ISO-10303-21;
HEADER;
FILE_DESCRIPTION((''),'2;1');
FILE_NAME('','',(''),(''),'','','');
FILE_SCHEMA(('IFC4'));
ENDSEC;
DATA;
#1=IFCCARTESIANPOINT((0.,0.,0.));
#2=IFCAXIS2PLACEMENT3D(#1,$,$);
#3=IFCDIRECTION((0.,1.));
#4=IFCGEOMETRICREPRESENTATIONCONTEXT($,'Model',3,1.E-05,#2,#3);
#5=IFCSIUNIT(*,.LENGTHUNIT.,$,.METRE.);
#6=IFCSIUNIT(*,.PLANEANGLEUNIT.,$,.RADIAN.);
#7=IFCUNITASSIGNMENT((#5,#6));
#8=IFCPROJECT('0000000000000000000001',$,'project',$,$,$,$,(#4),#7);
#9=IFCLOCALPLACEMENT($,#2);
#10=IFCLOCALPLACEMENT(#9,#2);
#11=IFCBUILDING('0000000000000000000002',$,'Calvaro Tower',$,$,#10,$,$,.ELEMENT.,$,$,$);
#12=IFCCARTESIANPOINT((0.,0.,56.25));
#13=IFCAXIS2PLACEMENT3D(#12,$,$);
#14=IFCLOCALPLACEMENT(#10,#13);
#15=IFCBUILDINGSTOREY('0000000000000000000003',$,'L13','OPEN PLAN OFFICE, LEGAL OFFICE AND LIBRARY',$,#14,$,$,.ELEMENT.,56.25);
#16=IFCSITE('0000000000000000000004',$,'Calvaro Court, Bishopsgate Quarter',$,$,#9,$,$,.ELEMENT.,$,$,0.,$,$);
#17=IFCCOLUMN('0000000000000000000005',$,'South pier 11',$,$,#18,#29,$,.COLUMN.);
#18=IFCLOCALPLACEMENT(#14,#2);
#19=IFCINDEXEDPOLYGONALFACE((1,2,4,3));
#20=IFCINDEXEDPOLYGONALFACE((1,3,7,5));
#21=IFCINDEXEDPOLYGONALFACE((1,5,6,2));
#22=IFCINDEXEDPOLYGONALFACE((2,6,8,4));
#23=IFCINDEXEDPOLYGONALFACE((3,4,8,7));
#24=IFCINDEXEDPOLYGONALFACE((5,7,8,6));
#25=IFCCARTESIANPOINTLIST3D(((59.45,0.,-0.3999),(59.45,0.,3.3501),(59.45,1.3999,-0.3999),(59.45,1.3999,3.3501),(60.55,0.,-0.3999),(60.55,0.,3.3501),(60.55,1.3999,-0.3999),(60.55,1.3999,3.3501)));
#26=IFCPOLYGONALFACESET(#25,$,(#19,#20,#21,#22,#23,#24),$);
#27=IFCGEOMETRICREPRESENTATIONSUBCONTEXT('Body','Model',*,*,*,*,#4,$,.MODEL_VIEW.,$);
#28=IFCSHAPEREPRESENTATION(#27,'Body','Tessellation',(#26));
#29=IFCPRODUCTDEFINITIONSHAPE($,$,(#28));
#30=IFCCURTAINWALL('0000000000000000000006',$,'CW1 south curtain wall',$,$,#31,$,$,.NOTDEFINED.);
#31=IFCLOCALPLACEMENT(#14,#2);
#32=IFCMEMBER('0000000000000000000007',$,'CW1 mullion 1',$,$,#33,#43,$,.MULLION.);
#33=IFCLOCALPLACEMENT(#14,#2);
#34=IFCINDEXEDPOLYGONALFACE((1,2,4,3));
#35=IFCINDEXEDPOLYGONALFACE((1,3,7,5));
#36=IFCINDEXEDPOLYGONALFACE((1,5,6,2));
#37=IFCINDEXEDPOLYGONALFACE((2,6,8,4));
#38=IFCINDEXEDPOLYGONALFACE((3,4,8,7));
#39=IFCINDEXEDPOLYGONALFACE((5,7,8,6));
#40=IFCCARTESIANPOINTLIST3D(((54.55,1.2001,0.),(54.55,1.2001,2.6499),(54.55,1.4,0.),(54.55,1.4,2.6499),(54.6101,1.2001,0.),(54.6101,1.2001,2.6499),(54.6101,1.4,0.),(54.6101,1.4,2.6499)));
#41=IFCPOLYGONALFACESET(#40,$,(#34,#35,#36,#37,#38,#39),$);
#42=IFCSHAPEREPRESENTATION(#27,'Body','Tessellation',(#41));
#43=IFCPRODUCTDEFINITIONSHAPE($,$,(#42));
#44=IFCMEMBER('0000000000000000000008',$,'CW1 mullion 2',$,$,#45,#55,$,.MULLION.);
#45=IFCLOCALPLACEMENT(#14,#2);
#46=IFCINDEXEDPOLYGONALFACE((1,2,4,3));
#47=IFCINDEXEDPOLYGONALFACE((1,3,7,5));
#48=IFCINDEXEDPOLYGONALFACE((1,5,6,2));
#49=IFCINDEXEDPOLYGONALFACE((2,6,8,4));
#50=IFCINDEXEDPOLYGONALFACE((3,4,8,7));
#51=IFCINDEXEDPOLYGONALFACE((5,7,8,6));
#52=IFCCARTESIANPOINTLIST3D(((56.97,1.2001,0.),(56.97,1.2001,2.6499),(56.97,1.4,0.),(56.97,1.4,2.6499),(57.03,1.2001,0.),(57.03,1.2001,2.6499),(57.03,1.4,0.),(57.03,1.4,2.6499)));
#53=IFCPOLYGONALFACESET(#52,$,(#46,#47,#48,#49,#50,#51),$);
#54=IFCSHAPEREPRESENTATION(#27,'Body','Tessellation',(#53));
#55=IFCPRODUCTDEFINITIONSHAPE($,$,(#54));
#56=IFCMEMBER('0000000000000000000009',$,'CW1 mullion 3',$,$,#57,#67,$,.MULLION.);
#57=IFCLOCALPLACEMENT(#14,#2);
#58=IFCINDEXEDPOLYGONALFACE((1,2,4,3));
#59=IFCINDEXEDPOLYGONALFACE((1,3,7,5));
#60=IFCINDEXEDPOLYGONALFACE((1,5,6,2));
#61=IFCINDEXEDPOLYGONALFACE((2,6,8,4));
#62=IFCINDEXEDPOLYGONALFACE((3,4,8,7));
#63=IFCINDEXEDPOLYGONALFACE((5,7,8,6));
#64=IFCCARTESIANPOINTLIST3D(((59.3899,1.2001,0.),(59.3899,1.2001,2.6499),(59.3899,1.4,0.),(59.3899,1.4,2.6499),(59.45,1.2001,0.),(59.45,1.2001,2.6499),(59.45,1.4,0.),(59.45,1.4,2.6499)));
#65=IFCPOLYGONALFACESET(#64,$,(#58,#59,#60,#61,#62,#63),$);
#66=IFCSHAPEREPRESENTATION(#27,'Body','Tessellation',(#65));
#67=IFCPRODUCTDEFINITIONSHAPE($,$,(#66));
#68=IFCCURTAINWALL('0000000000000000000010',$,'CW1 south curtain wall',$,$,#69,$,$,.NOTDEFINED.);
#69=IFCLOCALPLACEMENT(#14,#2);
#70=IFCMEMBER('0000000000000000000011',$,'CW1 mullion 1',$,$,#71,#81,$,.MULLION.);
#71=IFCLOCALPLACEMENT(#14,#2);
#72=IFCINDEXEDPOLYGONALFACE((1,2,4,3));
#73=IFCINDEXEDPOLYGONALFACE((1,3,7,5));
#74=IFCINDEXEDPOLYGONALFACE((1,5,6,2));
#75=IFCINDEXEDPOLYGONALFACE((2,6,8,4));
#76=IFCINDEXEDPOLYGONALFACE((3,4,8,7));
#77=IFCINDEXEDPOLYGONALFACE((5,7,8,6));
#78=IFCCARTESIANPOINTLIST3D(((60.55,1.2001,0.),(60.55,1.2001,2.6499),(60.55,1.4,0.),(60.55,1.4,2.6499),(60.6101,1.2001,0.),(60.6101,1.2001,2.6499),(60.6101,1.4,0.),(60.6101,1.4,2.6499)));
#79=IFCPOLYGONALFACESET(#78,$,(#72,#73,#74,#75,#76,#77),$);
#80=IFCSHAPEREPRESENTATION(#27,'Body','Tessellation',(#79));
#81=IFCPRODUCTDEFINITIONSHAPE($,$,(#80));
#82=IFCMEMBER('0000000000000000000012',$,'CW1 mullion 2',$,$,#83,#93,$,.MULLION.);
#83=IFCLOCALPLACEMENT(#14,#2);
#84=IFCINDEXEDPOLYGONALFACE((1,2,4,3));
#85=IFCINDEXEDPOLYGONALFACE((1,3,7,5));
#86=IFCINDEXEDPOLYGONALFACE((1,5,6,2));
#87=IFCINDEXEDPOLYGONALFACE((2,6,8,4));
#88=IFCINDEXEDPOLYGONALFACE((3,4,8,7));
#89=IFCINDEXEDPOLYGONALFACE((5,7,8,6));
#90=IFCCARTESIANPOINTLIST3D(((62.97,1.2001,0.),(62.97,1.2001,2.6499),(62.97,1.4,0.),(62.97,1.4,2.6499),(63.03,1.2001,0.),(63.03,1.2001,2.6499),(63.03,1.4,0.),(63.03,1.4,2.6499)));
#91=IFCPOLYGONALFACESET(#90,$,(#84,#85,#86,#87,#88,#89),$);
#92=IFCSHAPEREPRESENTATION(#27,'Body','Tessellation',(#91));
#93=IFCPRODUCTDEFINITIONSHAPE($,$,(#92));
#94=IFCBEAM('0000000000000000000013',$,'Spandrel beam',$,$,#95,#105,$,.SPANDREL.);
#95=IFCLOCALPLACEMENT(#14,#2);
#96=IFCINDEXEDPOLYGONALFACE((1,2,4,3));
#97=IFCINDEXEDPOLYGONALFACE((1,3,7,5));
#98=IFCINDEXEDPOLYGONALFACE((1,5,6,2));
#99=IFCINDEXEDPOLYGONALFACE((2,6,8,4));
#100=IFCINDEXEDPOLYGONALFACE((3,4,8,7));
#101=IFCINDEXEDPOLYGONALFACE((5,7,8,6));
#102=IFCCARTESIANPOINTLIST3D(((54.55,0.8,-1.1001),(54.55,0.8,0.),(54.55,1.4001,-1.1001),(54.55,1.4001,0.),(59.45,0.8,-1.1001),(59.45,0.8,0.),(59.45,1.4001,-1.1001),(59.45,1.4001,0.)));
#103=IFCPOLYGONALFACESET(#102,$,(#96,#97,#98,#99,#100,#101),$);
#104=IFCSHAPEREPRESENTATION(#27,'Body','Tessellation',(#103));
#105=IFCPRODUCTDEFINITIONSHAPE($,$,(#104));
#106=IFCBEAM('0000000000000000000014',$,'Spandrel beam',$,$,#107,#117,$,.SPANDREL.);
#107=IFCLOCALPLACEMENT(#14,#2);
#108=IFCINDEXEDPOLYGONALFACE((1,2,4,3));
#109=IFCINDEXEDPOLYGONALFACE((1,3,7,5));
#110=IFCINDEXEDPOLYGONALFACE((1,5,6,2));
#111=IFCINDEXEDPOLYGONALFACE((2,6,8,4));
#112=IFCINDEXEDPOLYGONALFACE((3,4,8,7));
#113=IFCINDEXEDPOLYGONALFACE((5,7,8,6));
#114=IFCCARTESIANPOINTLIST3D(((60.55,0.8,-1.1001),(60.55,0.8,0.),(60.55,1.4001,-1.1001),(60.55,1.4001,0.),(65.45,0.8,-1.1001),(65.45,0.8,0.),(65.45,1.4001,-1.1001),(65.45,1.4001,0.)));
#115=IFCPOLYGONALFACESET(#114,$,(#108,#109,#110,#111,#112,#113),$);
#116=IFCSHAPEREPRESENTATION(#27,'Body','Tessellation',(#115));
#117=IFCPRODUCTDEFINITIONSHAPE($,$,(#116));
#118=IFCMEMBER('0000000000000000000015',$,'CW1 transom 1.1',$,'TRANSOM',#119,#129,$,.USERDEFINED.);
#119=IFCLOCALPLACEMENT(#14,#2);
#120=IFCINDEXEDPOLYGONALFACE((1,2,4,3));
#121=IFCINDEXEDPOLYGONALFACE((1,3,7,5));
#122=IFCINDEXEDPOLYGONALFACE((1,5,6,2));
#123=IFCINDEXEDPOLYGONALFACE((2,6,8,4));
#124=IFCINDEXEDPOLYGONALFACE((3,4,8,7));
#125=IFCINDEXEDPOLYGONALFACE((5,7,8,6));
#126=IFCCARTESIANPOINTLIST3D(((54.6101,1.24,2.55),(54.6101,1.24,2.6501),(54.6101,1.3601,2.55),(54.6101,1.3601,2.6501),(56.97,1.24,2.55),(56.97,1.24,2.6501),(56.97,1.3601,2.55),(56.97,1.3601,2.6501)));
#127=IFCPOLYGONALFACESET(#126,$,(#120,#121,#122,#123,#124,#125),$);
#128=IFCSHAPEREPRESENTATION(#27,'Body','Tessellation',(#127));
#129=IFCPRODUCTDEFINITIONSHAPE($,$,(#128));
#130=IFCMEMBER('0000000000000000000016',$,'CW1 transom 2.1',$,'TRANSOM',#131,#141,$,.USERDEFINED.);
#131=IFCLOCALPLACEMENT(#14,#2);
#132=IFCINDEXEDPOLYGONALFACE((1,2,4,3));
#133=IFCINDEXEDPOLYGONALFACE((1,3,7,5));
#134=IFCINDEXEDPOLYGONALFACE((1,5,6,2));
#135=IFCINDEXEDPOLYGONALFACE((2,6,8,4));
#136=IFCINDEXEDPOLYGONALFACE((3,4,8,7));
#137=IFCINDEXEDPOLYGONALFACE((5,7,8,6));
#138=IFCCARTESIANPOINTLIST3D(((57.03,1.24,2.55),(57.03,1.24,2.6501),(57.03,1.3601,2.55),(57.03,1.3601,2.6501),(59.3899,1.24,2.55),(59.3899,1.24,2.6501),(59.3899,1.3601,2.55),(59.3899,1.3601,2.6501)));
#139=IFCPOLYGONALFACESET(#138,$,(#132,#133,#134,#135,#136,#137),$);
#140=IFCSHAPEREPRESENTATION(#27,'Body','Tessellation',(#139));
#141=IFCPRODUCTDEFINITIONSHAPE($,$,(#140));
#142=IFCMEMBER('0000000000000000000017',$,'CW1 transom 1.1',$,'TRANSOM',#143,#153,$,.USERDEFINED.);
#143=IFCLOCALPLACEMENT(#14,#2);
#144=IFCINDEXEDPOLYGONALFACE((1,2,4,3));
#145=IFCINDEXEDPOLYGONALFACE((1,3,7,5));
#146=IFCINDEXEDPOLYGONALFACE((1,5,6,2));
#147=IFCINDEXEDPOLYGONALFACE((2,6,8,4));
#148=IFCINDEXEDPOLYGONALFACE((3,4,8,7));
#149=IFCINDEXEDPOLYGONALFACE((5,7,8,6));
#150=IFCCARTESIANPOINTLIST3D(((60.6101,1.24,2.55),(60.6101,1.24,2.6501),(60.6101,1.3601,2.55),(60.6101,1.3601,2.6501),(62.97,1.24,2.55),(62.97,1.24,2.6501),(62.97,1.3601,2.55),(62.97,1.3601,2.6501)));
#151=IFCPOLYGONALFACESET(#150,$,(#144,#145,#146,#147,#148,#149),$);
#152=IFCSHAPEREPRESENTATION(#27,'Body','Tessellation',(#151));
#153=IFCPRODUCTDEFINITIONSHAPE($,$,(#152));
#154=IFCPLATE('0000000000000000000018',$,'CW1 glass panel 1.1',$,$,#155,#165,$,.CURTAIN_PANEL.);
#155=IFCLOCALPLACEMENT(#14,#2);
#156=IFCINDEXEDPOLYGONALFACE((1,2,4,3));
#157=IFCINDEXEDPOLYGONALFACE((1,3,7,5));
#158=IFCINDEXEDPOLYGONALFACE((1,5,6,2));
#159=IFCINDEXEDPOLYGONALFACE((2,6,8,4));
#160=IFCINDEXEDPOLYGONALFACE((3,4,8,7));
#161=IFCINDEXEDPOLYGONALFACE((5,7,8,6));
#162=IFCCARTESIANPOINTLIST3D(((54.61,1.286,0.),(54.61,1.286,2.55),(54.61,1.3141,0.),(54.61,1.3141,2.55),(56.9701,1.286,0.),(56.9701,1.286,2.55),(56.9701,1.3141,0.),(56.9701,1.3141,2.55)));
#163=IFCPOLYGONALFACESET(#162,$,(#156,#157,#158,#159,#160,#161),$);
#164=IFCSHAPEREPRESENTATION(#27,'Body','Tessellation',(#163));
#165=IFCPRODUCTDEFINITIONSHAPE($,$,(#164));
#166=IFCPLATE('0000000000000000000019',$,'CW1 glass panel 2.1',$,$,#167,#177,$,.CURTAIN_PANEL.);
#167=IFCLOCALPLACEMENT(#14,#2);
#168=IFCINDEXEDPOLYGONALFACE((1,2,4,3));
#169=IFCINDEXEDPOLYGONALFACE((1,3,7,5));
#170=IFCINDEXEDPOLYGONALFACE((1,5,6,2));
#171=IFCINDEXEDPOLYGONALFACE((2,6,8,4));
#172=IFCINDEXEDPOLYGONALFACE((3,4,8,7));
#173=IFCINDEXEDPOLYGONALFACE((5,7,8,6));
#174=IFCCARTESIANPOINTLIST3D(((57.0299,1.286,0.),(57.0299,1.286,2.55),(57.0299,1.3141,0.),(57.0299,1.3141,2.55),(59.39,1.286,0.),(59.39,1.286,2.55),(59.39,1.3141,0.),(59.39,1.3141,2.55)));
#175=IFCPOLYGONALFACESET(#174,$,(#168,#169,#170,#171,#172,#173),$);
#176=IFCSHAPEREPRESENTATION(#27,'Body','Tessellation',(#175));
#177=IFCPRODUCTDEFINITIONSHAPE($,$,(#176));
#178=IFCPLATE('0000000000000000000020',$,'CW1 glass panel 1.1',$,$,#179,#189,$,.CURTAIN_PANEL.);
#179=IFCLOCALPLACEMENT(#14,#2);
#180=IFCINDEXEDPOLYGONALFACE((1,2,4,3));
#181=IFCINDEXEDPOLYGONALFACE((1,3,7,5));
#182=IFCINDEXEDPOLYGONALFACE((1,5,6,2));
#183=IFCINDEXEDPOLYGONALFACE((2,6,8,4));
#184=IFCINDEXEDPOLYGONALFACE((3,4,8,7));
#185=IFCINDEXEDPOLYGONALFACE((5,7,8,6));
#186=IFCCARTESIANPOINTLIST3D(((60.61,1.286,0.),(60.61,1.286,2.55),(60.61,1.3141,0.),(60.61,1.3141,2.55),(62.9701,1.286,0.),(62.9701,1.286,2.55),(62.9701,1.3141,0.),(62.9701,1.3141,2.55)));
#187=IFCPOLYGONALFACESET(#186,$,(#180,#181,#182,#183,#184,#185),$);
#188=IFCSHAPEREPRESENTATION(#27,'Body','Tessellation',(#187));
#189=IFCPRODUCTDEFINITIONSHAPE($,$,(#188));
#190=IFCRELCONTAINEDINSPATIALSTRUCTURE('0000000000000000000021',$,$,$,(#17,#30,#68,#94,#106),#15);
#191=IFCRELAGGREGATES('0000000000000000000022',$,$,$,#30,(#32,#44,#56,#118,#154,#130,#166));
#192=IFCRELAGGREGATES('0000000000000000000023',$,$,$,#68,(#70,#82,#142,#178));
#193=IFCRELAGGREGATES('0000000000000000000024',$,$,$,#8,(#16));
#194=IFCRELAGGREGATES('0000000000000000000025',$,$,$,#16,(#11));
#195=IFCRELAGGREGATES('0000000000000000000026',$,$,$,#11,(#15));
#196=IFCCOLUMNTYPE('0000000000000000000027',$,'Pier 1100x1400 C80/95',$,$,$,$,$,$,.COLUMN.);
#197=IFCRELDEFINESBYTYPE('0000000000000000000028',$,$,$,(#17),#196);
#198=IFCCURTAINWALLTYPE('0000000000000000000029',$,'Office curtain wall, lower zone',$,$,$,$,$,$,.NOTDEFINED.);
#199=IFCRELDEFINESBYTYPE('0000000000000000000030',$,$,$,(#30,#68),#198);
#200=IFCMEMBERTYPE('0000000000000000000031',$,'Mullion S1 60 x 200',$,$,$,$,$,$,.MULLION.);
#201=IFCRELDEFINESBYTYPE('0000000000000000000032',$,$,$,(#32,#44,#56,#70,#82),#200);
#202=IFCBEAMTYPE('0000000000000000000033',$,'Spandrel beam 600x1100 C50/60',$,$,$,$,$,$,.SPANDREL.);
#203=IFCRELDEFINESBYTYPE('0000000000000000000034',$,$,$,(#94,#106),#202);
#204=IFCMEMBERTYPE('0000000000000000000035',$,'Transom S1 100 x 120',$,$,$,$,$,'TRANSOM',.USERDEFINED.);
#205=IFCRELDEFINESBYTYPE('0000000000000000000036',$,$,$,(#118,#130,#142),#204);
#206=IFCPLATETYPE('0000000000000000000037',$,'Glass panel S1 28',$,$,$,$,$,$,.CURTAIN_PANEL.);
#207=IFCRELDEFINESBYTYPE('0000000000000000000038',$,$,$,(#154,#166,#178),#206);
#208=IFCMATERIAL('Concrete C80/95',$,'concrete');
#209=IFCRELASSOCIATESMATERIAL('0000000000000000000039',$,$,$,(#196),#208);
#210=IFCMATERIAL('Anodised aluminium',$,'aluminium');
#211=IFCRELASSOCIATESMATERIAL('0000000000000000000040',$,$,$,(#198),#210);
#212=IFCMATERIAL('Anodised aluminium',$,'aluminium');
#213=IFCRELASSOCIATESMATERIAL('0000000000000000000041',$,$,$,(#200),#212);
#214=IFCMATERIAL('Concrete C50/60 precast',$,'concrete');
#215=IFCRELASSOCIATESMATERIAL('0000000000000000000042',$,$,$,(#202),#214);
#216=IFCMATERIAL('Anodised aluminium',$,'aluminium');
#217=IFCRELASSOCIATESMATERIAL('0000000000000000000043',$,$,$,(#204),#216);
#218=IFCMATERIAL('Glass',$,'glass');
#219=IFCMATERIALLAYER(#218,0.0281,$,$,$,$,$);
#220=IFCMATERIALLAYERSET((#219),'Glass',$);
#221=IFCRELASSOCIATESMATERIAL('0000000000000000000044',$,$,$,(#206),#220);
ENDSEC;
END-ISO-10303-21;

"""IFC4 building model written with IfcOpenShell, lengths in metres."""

from ifc_helpers import new_model, si_unit, direction, frame, origin, origin_2d, place, context, subcontext, project, spatial, rectangle, extrude, material, layer, layer_set, material_profile, profile_set, type_object, element, aggregate, save


model = new_model("IFC4")

# Units and contexts
model_context = context("Model", 3, precision=1e-05, world=origin(), true_north=direction((0.0, 1.0)))
body_context = subcontext(model_context, "Body", "Model", "MODEL_VIEW")
ifc_project = project(units=[si_unit("LENGTHUNIT", "METRE"), si_unit("PLANEANGLEUNIT", "RADIAN")], contexts=[model_context])

# Site, building, storey
site_placement = place(None, origin())
site = spatial("IfcSite", under=ifc_project, at=site_placement, Name="Calvaro Court, Bishopsgate Quarter", CompositionType="ELEMENT", RefElevation=0.0)
building_placement = place(site_placement, origin())
building = spatial("IfcBuilding", under=site, at=building_placement, Name="Calvaro Tower", CompositionType="ELEMENT")
storey_placement = place(building_placement, frame((0.0, 0.0, 56.25)))
storey = spatial("IfcBuildingStorey", under=building, at=storey_placement, Name="L13", Description="OPEN PLAN OFFICE, LEGAL OFFICE AND LIBRARY", CompositionType="ELEMENT", Elevation=56.25)

# Column
ifc_material_1 = material(Name="Concrete C80/95", Category="concrete")
ifc_material_profile_1 = material_profile(ifc_material_1, rectangle(XDim=1.1001, YDim=1.3999, at=origin_2d()), Name="RC 1100x1400")
ifc_profile_set_1 = profile_set([ifc_material_profile_1], Name="Concrete C80/95")
column_type = type_object("IfcColumnType", Name="Pier 1100x1400 C80/95", PredefinedType="COLUMN", material=ifc_profile_set_1)
column_placement = place(storey_placement, frame((60.0, 0.7, -0.3999), z_axis=(0.0, 0.0, 1.0), x_axis=(1.0, 0.0, 0.0)))
element("IfcColumn", 1, at=column_placement, inside=storey, type_object=column_type, Name="South pier 11", PredefinedType="COLUMN", context=body_context, shape_type="SweptSolid", body=[
    extrude(rectangle(XDim=1.1001, YDim=1.3999, at=origin_2d()), origin(), (0.0, 0.0, 1.0), 3.75),
])

# Curtain walls, members
ifc_material_2 = material(Name="Anodised aluminium", Category="aluminium")
curtain_wall_type = type_object("IfcCurtainWallType", Name="Office curtain wall, lower zone", PredefinedType="NOTDEFINED", material=ifc_material_2)
curtain_wall_1_placement = place(storey_placement, origin())
curtain_wall_1 = element("IfcCurtainWall", 2, at=curtain_wall_1_placement, inside=storey, type_object=curtain_wall_type, Name="CW1 south curtain wall", PredefinedType="NOTDEFINED")
ifc_material_3 = material(Name="Anodised aluminium", Category="aluminium")
ifc_material_profile_2 = material_profile(ifc_material_3, rectangle(XDim=0.2, YDim=0.0601, at=origin_2d()), Name="Mullion S1 60 x 200")
ifc_profile_set_2 = profile_set([ifc_material_profile_2], Name="Anodised aluminium")
member_type_1 = type_object("IfcMemberType", Name="Mullion S1 60 x 200", PredefinedType="MULLION", material=ifc_profile_set_2)
member_1_placement = place(storey_placement, frame((54.5801, 1.3, 0.0), z_axis=(0.0, 0.0, 1.0), x_axis=(0.0, 1.0, 0.0)))
member_1 = element("IfcMember", 3, at=member_1_placement, type_object=member_type_1, Name="CW1 mullion 1", PredefinedType="MULLION", context=body_context, shape_type="SweptSolid", body=[
    extrude(rectangle(XDim=0.2, YDim=0.0601, at=origin_2d()), origin(), (0.0, 0.0, 1.0), 2.6499),
])
member_2_placement = place(storey_placement, frame((57.0, 1.3, 0.0), z_axis=(0.0, 0.0, 1.0), x_axis=(0.0, 1.0, 0.0)))
member_2 = element("IfcMember", 4, at=member_2_placement, type_object=member_type_1, Name="CW1 mullion 2", PredefinedType="MULLION", context=body_context, shape_type="SweptSolid", body=[
    extrude(rectangle(XDim=0.2, YDim=0.0601, at=origin_2d()), origin(), (0.0, 0.0, 1.0), 2.6499),
])
member_3_placement = place(storey_placement, frame((59.4199, 1.3, 0.0), z_axis=(0.0, 0.0, 1.0), x_axis=(0.0, 1.0, 0.0)))
member_3 = element("IfcMember", 5, at=member_3_placement, type_object=member_type_1, Name="CW1 mullion 3", PredefinedType="MULLION", context=body_context, shape_type="SweptSolid", body=[
    extrude(rectangle(XDim=0.2, YDim=0.0601, at=origin_2d()), origin(), (0.0, 0.0, 1.0), 2.6499),
])
curtain_wall_2_placement = place(storey_placement, origin())
curtain_wall_2 = element("IfcCurtainWall", 6, at=curtain_wall_2_placement, inside=storey, type_object=curtain_wall_type, Name="CW1 south curtain wall", PredefinedType="NOTDEFINED")
member_4_placement = place(storey_placement, frame((60.5801, 1.3, 0.0), z_axis=(0.0, 0.0, 1.0), x_axis=(0.0, 1.0, 0.0)))
member_4 = element("IfcMember", 7, at=member_4_placement, type_object=member_type_1, Name="CW1 mullion 1", PredefinedType="MULLION", context=body_context, shape_type="SweptSolid", body=[
    extrude(rectangle(XDim=0.2, YDim=0.0601, at=origin_2d()), origin(), (0.0, 0.0, 1.0), 2.6499),
])
member_5_placement = place(storey_placement, frame((63.0, 1.3, 0.0), z_axis=(0.0, 0.0, 1.0), x_axis=(0.0, 1.0, 0.0)))
member_5 = element("IfcMember", 8, at=member_5_placement, type_object=member_type_1, Name="CW1 mullion 2", PredefinedType="MULLION", context=body_context, shape_type="SweptSolid", body=[
    extrude(rectangle(XDim=0.2, YDim=0.0601, at=origin_2d()), origin(), (0.0, 0.0, 1.0), 2.6499),
])

# Beams
ifc_material_4 = material(Name="Concrete C50/60 precast", Category="concrete")
ifc_material_profile_3 = material_profile(ifc_material_4, rectangle(XDim=0.6001, YDim=1.1001, at=origin_2d()), Name="RC 600x1100")
ifc_profile_set_3 = profile_set([ifc_material_profile_3], Name="Concrete C50/60 precast")
beam_type = type_object("IfcBeamType", Name="Spandrel beam 600x1100 C50/60", PredefinedType="SPANDREL", material=ifc_profile_set_3)
for number, where, z_axis, x_axis, name in (
    (9, (54.55, 1.1001, -0.55), (1.0, 0.0, 0.0), (0.0, 1.0, 0.0), "Spandrel beam"),
    (10, (60.55, 1.1001, -0.55), (1.0, 0.0, 0.0), (0.0, 1.0, 0.0), "Spandrel beam"),
):
    element("IfcBeam", number, at=place(storey_placement, frame(where, z_axis=z_axis, x_axis=x_axis)), inside=storey, type_object=beam_type, Name=name, PredefinedType="SPANDREL", context=body_context, shape_type="SweptSolid", body=[
        extrude(rectangle(XDim=0.6001, YDim=1.1001, at=origin_2d()), origin(), (0.0, 0.0, 1.0), 4.8999),
    ])

# Members
ifc_material_5 = material(Name="Anodised aluminium", Category="aluminium")
ifc_material_profile_4 = material_profile(ifc_material_5, rectangle(XDim=0.1201, YDim=0.1001, at=origin_2d()), Name="Transom S1 100 x 120")
ifc_profile_set_4 = profile_set([ifc_material_profile_4], Name="Anodised aluminium")
member_type_2 = type_object("IfcMemberType", Name="Transom S1 100 x 120", ElementType="TRANSOM", PredefinedType="USERDEFINED", material=ifc_profile_set_4)
member_6_placement = place(storey_placement, frame((54.6101, 1.3, 2.6001), z_axis=(1.0, 0.0, 0.0), x_axis=(0.0, 1.0, 0.0)))
member_6 = element("IfcMember", 11, at=member_6_placement, type_object=member_type_2, Name="CW1 transom 1.1", ObjectType="TRANSOM", PredefinedType="USERDEFINED", context=body_context, shape_type="SweptSolid", body=[
    extrude(rectangle(XDim=0.1201, YDim=0.1001, at=origin_2d()), origin(), (0.0, 0.0, 1.0), 2.3599),
])
member_7_placement = place(storey_placement, frame((57.03, 1.3, 2.6001), z_axis=(1.0, 0.0, 0.0), x_axis=(0.0, 1.0, 0.0)))
member_7 = element("IfcMember", 12, at=member_7_placement, type_object=member_type_2, Name="CW1 transom 2.1", ObjectType="TRANSOM", PredefinedType="USERDEFINED", context=body_context, shape_type="SweptSolid", body=[
    extrude(rectangle(XDim=0.1201, YDim=0.1001, at=origin_2d()), origin(), (0.0, 0.0, 1.0), 2.3599),
])
member_8_placement = place(storey_placement, frame((60.6101, 1.3, 2.6001), z_axis=(1.0, 0.0, 0.0), x_axis=(0.0, 1.0, 0.0)))
member_8 = element("IfcMember", 13, at=member_8_placement, type_object=member_type_2, Name="CW1 transom 1.1", ObjectType="TRANSOM", PredefinedType="USERDEFINED", context=body_context, shape_type="SweptSolid", body=[
    extrude(rectangle(XDim=0.1201, YDim=0.1001, at=origin_2d()), origin(), (0.0, 0.0, 1.0), 2.3599),
])

# Plates
ifc_material_6 = material(Name="Glass", Category="glass")
ifc_layer_1 = layer(ifc_material_6, 0.0281)
ifc_layer_set_1 = layer_set([ifc_layer_1], Name="Glass")
plate_type = type_object("IfcPlateType", Name="Glass panel S1 28", PredefinedType="CURTAIN_PANEL", material=ifc_layer_set_1)
plate_1_placement = place(storey_placement, frame((55.79, 1.3, 0.0), z_axis=(0.0, 0.0, 1.0), x_axis=(1.0, 0.0, 0.0)))
plate_1 = element("IfcPlate", 14, at=plate_1_placement, type_object=plate_type, Name="CW1 glass panel 1.1", PredefinedType="CURTAIN_PANEL", context=body_context, shape_type="SweptSolid", body=[
    extrude(rectangle(XDim=2.3601, YDim=0.0281, at=origin_2d()), origin(), (0.0, 0.0, 1.0), 2.55),
])
plate_2_placement = place(storey_placement, frame((58.21, 1.3, 0.0), z_axis=(0.0, 0.0, 1.0), x_axis=(1.0, 0.0, 0.0)))
plate_2 = element("IfcPlate", 15, at=plate_2_placement, type_object=plate_type, Name="CW1 glass panel 2.1", PredefinedType="CURTAIN_PANEL", context=body_context, shape_type="SweptSolid", body=[
    extrude(rectangle(XDim=2.3601, YDim=0.0281, at=origin_2d()), origin(), (0.0, 0.0, 1.0), 2.55),
])
aggregate(curtain_wall_1, [member_1, member_2, member_3, member_6, plate_1, member_7, plate_2])
plate_3_placement = place(storey_placement, frame((61.79, 1.3, 0.0), z_axis=(0.0, 0.0, 1.0), x_axis=(1.0, 0.0, 0.0)))
plate_3 = element("IfcPlate", 16, at=plate_3_placement, type_object=plate_type, Name="CW1 glass panel 1.1", PredefinedType="CURTAIN_PANEL", context=body_context, shape_type="SweptSolid", body=[
    extrude(rectangle(XDim=2.3601, YDim=0.0281, at=origin_2d()), origin(), (0.0, 0.0, 1.0), 2.55),
])
aggregate(curtain_wall_2, [member_4, member_5, member_8, plate_3])

save(model, "model.ifc")
